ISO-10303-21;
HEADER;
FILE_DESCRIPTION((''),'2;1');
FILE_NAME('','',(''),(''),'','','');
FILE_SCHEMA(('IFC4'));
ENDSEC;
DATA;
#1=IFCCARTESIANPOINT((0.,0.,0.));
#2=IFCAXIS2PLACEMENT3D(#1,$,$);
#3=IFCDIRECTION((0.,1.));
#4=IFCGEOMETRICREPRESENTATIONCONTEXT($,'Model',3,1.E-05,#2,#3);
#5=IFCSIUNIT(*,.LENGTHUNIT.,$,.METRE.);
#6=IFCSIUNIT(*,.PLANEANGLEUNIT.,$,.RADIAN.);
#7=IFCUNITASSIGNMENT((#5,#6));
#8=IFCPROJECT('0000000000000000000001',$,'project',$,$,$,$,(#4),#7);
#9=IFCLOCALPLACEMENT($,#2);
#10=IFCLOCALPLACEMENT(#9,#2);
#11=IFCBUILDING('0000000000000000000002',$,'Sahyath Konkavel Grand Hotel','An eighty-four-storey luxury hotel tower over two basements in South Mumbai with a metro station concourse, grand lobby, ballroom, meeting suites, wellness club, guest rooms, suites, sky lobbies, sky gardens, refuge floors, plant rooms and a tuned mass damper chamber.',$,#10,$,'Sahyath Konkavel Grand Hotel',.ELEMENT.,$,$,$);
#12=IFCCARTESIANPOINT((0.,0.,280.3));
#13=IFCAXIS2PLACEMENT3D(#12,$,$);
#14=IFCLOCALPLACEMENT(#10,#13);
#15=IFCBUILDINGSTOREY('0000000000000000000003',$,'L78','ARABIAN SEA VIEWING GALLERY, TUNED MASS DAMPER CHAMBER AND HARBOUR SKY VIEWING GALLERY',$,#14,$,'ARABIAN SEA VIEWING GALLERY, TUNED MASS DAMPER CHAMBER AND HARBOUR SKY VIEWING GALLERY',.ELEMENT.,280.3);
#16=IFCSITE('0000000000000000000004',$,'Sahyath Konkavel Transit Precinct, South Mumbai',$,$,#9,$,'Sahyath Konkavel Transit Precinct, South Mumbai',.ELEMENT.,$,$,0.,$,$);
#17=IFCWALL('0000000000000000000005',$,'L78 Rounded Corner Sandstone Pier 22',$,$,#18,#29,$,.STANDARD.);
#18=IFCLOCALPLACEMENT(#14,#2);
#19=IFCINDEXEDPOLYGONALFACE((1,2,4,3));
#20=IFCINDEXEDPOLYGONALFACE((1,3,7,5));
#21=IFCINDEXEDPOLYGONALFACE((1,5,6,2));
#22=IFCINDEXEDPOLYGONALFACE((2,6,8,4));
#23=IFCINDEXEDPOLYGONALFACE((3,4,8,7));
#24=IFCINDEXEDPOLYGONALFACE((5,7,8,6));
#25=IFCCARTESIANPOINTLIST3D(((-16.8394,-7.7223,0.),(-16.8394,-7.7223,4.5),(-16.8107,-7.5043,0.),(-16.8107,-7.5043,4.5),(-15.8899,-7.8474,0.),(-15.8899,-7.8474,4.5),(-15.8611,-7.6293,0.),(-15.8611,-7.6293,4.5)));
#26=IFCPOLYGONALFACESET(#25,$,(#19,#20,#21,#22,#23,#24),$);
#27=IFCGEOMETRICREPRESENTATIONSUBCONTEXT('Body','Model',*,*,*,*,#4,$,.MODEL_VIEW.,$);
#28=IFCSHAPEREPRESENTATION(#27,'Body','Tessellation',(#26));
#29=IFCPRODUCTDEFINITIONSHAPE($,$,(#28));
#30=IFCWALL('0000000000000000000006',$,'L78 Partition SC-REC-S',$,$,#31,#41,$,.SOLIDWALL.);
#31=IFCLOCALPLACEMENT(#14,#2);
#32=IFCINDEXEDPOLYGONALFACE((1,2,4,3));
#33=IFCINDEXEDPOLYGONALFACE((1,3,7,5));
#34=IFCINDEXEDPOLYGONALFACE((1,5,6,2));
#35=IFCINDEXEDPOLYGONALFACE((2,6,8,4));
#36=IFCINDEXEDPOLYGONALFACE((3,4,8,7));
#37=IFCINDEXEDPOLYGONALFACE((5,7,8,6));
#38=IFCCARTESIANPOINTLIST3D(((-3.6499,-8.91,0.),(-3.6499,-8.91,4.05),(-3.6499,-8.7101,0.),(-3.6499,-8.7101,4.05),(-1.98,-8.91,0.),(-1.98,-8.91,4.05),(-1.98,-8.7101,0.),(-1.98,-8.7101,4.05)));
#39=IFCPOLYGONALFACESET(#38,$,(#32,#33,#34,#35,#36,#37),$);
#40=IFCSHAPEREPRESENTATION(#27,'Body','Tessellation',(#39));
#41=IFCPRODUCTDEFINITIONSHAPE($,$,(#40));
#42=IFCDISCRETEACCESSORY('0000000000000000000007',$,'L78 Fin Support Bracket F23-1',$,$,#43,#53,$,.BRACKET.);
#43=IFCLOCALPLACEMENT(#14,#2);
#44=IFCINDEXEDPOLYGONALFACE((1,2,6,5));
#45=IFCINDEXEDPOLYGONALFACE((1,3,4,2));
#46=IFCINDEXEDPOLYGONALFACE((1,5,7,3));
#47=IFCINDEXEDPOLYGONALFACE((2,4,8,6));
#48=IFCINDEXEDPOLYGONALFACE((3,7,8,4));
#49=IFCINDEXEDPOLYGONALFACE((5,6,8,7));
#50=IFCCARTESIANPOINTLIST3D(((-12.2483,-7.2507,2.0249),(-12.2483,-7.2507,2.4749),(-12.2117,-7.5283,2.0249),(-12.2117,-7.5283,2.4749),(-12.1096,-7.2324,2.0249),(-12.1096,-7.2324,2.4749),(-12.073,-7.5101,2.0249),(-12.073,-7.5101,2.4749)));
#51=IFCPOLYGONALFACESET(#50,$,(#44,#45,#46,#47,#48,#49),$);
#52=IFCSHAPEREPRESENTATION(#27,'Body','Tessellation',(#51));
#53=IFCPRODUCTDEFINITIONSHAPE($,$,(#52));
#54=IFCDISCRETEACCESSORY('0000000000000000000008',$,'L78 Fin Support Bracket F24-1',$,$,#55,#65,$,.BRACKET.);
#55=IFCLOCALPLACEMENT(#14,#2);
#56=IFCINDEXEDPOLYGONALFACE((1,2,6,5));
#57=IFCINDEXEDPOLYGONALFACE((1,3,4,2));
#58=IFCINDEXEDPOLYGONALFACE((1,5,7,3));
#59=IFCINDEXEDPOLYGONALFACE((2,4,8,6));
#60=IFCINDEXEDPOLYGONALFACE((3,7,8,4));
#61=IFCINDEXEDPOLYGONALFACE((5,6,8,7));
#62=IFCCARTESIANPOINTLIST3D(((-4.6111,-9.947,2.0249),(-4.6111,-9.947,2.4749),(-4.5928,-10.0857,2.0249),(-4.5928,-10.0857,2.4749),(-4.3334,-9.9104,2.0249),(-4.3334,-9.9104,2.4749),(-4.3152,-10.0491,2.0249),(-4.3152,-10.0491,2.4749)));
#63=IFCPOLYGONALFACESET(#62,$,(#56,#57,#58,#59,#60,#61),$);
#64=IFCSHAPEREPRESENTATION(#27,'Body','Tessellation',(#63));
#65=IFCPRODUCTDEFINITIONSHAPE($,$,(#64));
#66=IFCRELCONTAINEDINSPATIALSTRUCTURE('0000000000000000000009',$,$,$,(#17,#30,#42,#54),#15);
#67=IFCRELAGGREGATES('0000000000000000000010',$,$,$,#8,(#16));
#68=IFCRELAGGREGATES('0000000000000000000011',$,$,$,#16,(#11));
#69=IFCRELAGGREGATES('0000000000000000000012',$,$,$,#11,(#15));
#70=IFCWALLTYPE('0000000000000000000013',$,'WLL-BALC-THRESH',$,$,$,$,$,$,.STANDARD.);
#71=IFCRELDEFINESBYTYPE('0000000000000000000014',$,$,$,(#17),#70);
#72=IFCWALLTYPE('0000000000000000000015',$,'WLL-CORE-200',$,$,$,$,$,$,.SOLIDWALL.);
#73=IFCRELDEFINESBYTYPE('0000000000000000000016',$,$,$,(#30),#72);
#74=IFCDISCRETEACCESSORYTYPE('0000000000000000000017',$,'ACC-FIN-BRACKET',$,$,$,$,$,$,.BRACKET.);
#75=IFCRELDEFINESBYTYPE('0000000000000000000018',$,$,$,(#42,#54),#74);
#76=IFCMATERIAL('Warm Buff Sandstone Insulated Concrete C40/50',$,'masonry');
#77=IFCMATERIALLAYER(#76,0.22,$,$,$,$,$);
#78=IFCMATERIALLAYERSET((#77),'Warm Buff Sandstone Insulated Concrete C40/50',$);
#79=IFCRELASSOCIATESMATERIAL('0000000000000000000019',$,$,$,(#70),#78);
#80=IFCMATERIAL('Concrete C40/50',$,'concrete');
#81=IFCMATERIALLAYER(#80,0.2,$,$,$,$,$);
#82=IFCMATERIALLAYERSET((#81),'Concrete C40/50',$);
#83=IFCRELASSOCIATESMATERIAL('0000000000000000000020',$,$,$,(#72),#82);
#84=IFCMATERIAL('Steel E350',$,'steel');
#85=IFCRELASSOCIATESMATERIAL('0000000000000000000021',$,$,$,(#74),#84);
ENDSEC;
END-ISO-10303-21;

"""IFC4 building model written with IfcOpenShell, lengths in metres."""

from ifc_helpers import new_model, si_unit, direction, frame, frame_2d, origin, origin_2d, place, context, subcontext, project, spatial, rectangle, extrude, source, transform, mapped, material, layer, layer_set, type_object, element, save


model = new_model("IFC4")

# Units and contexts
model_context = context("Model", 3, precision=1e-05, world=origin(), true_north=direction((0.0, 1.0)))
body_context = subcontext(model_context, "Body", "Model", "MODEL_VIEW")
ifc_project = project(units=[si_unit("LENGTHUNIT", "METRE"), si_unit("PLANEANGLEUNIT", "RADIAN")], contexts=[model_context])

# Site, building, storey
site_placement = place(None, origin())
site = spatial("IfcSite", under=ifc_project, at=site_placement, Name="Sahyath Konkavel Transit Precinct, South Mumbai", LongName="Sahyath Konkavel Transit Precinct, South Mumbai", CompositionType="ELEMENT", RefElevation=0.0)
building_placement = place(site_placement, origin())
building = spatial("IfcBuilding", under=site, at=building_placement, Name="Sahyath Konkavel Grand Hotel", Description="An eighty-four-storey luxury hotel tower over two basements in South Mumbai with a metro station concourse, grand lobby, ballroom, meeting suites, wellness club, guest rooms, suites, sky lobbies, sky gardens, refuge floors, plant rooms and a tuned mass damper chamber.", LongName="Sahyath Konkavel Grand Hotel", CompositionType="ELEMENT")
storey_placement = place(building_placement, frame((0.0, 0.0, 280.3)))
storey = spatial("IfcBuildingStorey", under=building, at=storey_placement, Name="L78", Description="ARABIAN SEA VIEWING GALLERY, TUNED MASS DAMPER CHAMBER AND HARBOUR SKY VIEWING GALLERY", LongName="ARABIAN SEA VIEWING GALLERY, TUNED MASS DAMPER CHAMBER AND HARBOUR SKY VIEWING GALLERY", CompositionType="ELEMENT", Elevation=280.3)

# Shared definitions
ifc_material_1 = material(Name="Steel E350", Category="steel")

# Wall
ifc_material_2 = material(Name="Warm Buff Sandstone Insulated Concrete C40/50", Category="masonry")
ifc_layer_1 = layer(ifc_material_2, 0.22)
ifc_layer_set_1 = layer_set([ifc_layer_1], Name="Warm Buff Sandstone Insulated Concrete C40/50")
wall_type_1 = type_object("IfcWallType", Name="WLL-BALC-THRESH", PredefinedType="STANDARD", material=ifc_layer_set_1)
wall_1_placement = place(storey_placement, frame((-16.8252, -7.6133, 0.0), z_axis=(0.0, 0.0, 1.0), x_axis=(0.991445, -0.130527, 0.0)))
element("IfcWall", 1, at=wall_1_placement, inside=storey, type_object=wall_type_1, Name="L78 Rounded Corner Sandstone Pier 22", PredefinedType="STANDARD", context=body_context, shape_type="SweptSolid", body=[
    extrude(rectangle(XDim=0.9578, YDim=0.22, at=frame_2d((0.479, 0.0))), origin(), (0.0, 0.0, 1.0), 4.5),
])

# Shared definitions
ifc_material_3 = material(Name="Concrete C40/50", Category="concrete")
ifc_layer_2 = layer(ifc_material_3, 0.2)
ifc_layer_set_2 = layer_set([ifc_layer_2], Name="Concrete C40/50")
wall_type_2 = type_object("IfcWallType", Name="WLL-CORE-200", PredefinedType="SOLIDWALL", material=ifc_layer_set_2)

# Wall
wall_2_placement = place(storey_placement, frame((-3.6499, -8.8101, 0.0), z_axis=(0.0, 0.0, 1.0), x_axis=(1.0, 0.0, 0.0)))
element("IfcWall", 2, at=wall_2_placement, inside=storey, type_object=wall_type_2, Name="L78 Partition SC-REC-S", PredefinedType="SOLIDWALL", context=body_context, shape_type="SweptSolid", body=[
    extrude(rectangle(XDim=1.6699, YDim=0.2, at=frame_2d((0.835, 0.0))), origin(), (0.0, 0.0, 1.0), 4.05),
])

# Discrete accessories
discrete_accessory_type = type_object("IfcDiscreteAccessoryType", Name="ACC-FIN-BRACKET", PredefinedType="BRACKET", material=ifc_material_1)
shared_shape_1 = source(origin(), body_context, "Body", "SweptSolid", [
    extrude(rectangle(XDim=0.28, YDim=0.1399, at=origin_2d()), origin(), (0.0, 0.0, 1.0), 0.45),
])
for number, where, z_axis, x_axis, name in (
    (3, (-12.1606, -7.3804, 2.0249), (0.0, 0.0, 1.0), (0.130526, -0.991445, 0.0), "L78 Fin Support Bracket F23-1"),
    (4, (-4.4631, -9.998, 2.0249), (0.0, 0.0, 1.0), (-0.991445, -0.130526, 0.0), "L78 Fin Support Bracket F24-1"),
):
    element("IfcDiscreteAccessory", number, at=place(storey_placement, frame(where, z_axis=z_axis, x_axis=x_axis)), inside=storey, type_object=discrete_accessory_type, Name=name, PredefinedType="BRACKET", context=body_context, shape_type="MappedRepresentation", body=[
        mapped(shared_shape_1, transform((0.0, 0.0, 0.0), scale=1.0)),
    ])

save(model, "model.ifc")
